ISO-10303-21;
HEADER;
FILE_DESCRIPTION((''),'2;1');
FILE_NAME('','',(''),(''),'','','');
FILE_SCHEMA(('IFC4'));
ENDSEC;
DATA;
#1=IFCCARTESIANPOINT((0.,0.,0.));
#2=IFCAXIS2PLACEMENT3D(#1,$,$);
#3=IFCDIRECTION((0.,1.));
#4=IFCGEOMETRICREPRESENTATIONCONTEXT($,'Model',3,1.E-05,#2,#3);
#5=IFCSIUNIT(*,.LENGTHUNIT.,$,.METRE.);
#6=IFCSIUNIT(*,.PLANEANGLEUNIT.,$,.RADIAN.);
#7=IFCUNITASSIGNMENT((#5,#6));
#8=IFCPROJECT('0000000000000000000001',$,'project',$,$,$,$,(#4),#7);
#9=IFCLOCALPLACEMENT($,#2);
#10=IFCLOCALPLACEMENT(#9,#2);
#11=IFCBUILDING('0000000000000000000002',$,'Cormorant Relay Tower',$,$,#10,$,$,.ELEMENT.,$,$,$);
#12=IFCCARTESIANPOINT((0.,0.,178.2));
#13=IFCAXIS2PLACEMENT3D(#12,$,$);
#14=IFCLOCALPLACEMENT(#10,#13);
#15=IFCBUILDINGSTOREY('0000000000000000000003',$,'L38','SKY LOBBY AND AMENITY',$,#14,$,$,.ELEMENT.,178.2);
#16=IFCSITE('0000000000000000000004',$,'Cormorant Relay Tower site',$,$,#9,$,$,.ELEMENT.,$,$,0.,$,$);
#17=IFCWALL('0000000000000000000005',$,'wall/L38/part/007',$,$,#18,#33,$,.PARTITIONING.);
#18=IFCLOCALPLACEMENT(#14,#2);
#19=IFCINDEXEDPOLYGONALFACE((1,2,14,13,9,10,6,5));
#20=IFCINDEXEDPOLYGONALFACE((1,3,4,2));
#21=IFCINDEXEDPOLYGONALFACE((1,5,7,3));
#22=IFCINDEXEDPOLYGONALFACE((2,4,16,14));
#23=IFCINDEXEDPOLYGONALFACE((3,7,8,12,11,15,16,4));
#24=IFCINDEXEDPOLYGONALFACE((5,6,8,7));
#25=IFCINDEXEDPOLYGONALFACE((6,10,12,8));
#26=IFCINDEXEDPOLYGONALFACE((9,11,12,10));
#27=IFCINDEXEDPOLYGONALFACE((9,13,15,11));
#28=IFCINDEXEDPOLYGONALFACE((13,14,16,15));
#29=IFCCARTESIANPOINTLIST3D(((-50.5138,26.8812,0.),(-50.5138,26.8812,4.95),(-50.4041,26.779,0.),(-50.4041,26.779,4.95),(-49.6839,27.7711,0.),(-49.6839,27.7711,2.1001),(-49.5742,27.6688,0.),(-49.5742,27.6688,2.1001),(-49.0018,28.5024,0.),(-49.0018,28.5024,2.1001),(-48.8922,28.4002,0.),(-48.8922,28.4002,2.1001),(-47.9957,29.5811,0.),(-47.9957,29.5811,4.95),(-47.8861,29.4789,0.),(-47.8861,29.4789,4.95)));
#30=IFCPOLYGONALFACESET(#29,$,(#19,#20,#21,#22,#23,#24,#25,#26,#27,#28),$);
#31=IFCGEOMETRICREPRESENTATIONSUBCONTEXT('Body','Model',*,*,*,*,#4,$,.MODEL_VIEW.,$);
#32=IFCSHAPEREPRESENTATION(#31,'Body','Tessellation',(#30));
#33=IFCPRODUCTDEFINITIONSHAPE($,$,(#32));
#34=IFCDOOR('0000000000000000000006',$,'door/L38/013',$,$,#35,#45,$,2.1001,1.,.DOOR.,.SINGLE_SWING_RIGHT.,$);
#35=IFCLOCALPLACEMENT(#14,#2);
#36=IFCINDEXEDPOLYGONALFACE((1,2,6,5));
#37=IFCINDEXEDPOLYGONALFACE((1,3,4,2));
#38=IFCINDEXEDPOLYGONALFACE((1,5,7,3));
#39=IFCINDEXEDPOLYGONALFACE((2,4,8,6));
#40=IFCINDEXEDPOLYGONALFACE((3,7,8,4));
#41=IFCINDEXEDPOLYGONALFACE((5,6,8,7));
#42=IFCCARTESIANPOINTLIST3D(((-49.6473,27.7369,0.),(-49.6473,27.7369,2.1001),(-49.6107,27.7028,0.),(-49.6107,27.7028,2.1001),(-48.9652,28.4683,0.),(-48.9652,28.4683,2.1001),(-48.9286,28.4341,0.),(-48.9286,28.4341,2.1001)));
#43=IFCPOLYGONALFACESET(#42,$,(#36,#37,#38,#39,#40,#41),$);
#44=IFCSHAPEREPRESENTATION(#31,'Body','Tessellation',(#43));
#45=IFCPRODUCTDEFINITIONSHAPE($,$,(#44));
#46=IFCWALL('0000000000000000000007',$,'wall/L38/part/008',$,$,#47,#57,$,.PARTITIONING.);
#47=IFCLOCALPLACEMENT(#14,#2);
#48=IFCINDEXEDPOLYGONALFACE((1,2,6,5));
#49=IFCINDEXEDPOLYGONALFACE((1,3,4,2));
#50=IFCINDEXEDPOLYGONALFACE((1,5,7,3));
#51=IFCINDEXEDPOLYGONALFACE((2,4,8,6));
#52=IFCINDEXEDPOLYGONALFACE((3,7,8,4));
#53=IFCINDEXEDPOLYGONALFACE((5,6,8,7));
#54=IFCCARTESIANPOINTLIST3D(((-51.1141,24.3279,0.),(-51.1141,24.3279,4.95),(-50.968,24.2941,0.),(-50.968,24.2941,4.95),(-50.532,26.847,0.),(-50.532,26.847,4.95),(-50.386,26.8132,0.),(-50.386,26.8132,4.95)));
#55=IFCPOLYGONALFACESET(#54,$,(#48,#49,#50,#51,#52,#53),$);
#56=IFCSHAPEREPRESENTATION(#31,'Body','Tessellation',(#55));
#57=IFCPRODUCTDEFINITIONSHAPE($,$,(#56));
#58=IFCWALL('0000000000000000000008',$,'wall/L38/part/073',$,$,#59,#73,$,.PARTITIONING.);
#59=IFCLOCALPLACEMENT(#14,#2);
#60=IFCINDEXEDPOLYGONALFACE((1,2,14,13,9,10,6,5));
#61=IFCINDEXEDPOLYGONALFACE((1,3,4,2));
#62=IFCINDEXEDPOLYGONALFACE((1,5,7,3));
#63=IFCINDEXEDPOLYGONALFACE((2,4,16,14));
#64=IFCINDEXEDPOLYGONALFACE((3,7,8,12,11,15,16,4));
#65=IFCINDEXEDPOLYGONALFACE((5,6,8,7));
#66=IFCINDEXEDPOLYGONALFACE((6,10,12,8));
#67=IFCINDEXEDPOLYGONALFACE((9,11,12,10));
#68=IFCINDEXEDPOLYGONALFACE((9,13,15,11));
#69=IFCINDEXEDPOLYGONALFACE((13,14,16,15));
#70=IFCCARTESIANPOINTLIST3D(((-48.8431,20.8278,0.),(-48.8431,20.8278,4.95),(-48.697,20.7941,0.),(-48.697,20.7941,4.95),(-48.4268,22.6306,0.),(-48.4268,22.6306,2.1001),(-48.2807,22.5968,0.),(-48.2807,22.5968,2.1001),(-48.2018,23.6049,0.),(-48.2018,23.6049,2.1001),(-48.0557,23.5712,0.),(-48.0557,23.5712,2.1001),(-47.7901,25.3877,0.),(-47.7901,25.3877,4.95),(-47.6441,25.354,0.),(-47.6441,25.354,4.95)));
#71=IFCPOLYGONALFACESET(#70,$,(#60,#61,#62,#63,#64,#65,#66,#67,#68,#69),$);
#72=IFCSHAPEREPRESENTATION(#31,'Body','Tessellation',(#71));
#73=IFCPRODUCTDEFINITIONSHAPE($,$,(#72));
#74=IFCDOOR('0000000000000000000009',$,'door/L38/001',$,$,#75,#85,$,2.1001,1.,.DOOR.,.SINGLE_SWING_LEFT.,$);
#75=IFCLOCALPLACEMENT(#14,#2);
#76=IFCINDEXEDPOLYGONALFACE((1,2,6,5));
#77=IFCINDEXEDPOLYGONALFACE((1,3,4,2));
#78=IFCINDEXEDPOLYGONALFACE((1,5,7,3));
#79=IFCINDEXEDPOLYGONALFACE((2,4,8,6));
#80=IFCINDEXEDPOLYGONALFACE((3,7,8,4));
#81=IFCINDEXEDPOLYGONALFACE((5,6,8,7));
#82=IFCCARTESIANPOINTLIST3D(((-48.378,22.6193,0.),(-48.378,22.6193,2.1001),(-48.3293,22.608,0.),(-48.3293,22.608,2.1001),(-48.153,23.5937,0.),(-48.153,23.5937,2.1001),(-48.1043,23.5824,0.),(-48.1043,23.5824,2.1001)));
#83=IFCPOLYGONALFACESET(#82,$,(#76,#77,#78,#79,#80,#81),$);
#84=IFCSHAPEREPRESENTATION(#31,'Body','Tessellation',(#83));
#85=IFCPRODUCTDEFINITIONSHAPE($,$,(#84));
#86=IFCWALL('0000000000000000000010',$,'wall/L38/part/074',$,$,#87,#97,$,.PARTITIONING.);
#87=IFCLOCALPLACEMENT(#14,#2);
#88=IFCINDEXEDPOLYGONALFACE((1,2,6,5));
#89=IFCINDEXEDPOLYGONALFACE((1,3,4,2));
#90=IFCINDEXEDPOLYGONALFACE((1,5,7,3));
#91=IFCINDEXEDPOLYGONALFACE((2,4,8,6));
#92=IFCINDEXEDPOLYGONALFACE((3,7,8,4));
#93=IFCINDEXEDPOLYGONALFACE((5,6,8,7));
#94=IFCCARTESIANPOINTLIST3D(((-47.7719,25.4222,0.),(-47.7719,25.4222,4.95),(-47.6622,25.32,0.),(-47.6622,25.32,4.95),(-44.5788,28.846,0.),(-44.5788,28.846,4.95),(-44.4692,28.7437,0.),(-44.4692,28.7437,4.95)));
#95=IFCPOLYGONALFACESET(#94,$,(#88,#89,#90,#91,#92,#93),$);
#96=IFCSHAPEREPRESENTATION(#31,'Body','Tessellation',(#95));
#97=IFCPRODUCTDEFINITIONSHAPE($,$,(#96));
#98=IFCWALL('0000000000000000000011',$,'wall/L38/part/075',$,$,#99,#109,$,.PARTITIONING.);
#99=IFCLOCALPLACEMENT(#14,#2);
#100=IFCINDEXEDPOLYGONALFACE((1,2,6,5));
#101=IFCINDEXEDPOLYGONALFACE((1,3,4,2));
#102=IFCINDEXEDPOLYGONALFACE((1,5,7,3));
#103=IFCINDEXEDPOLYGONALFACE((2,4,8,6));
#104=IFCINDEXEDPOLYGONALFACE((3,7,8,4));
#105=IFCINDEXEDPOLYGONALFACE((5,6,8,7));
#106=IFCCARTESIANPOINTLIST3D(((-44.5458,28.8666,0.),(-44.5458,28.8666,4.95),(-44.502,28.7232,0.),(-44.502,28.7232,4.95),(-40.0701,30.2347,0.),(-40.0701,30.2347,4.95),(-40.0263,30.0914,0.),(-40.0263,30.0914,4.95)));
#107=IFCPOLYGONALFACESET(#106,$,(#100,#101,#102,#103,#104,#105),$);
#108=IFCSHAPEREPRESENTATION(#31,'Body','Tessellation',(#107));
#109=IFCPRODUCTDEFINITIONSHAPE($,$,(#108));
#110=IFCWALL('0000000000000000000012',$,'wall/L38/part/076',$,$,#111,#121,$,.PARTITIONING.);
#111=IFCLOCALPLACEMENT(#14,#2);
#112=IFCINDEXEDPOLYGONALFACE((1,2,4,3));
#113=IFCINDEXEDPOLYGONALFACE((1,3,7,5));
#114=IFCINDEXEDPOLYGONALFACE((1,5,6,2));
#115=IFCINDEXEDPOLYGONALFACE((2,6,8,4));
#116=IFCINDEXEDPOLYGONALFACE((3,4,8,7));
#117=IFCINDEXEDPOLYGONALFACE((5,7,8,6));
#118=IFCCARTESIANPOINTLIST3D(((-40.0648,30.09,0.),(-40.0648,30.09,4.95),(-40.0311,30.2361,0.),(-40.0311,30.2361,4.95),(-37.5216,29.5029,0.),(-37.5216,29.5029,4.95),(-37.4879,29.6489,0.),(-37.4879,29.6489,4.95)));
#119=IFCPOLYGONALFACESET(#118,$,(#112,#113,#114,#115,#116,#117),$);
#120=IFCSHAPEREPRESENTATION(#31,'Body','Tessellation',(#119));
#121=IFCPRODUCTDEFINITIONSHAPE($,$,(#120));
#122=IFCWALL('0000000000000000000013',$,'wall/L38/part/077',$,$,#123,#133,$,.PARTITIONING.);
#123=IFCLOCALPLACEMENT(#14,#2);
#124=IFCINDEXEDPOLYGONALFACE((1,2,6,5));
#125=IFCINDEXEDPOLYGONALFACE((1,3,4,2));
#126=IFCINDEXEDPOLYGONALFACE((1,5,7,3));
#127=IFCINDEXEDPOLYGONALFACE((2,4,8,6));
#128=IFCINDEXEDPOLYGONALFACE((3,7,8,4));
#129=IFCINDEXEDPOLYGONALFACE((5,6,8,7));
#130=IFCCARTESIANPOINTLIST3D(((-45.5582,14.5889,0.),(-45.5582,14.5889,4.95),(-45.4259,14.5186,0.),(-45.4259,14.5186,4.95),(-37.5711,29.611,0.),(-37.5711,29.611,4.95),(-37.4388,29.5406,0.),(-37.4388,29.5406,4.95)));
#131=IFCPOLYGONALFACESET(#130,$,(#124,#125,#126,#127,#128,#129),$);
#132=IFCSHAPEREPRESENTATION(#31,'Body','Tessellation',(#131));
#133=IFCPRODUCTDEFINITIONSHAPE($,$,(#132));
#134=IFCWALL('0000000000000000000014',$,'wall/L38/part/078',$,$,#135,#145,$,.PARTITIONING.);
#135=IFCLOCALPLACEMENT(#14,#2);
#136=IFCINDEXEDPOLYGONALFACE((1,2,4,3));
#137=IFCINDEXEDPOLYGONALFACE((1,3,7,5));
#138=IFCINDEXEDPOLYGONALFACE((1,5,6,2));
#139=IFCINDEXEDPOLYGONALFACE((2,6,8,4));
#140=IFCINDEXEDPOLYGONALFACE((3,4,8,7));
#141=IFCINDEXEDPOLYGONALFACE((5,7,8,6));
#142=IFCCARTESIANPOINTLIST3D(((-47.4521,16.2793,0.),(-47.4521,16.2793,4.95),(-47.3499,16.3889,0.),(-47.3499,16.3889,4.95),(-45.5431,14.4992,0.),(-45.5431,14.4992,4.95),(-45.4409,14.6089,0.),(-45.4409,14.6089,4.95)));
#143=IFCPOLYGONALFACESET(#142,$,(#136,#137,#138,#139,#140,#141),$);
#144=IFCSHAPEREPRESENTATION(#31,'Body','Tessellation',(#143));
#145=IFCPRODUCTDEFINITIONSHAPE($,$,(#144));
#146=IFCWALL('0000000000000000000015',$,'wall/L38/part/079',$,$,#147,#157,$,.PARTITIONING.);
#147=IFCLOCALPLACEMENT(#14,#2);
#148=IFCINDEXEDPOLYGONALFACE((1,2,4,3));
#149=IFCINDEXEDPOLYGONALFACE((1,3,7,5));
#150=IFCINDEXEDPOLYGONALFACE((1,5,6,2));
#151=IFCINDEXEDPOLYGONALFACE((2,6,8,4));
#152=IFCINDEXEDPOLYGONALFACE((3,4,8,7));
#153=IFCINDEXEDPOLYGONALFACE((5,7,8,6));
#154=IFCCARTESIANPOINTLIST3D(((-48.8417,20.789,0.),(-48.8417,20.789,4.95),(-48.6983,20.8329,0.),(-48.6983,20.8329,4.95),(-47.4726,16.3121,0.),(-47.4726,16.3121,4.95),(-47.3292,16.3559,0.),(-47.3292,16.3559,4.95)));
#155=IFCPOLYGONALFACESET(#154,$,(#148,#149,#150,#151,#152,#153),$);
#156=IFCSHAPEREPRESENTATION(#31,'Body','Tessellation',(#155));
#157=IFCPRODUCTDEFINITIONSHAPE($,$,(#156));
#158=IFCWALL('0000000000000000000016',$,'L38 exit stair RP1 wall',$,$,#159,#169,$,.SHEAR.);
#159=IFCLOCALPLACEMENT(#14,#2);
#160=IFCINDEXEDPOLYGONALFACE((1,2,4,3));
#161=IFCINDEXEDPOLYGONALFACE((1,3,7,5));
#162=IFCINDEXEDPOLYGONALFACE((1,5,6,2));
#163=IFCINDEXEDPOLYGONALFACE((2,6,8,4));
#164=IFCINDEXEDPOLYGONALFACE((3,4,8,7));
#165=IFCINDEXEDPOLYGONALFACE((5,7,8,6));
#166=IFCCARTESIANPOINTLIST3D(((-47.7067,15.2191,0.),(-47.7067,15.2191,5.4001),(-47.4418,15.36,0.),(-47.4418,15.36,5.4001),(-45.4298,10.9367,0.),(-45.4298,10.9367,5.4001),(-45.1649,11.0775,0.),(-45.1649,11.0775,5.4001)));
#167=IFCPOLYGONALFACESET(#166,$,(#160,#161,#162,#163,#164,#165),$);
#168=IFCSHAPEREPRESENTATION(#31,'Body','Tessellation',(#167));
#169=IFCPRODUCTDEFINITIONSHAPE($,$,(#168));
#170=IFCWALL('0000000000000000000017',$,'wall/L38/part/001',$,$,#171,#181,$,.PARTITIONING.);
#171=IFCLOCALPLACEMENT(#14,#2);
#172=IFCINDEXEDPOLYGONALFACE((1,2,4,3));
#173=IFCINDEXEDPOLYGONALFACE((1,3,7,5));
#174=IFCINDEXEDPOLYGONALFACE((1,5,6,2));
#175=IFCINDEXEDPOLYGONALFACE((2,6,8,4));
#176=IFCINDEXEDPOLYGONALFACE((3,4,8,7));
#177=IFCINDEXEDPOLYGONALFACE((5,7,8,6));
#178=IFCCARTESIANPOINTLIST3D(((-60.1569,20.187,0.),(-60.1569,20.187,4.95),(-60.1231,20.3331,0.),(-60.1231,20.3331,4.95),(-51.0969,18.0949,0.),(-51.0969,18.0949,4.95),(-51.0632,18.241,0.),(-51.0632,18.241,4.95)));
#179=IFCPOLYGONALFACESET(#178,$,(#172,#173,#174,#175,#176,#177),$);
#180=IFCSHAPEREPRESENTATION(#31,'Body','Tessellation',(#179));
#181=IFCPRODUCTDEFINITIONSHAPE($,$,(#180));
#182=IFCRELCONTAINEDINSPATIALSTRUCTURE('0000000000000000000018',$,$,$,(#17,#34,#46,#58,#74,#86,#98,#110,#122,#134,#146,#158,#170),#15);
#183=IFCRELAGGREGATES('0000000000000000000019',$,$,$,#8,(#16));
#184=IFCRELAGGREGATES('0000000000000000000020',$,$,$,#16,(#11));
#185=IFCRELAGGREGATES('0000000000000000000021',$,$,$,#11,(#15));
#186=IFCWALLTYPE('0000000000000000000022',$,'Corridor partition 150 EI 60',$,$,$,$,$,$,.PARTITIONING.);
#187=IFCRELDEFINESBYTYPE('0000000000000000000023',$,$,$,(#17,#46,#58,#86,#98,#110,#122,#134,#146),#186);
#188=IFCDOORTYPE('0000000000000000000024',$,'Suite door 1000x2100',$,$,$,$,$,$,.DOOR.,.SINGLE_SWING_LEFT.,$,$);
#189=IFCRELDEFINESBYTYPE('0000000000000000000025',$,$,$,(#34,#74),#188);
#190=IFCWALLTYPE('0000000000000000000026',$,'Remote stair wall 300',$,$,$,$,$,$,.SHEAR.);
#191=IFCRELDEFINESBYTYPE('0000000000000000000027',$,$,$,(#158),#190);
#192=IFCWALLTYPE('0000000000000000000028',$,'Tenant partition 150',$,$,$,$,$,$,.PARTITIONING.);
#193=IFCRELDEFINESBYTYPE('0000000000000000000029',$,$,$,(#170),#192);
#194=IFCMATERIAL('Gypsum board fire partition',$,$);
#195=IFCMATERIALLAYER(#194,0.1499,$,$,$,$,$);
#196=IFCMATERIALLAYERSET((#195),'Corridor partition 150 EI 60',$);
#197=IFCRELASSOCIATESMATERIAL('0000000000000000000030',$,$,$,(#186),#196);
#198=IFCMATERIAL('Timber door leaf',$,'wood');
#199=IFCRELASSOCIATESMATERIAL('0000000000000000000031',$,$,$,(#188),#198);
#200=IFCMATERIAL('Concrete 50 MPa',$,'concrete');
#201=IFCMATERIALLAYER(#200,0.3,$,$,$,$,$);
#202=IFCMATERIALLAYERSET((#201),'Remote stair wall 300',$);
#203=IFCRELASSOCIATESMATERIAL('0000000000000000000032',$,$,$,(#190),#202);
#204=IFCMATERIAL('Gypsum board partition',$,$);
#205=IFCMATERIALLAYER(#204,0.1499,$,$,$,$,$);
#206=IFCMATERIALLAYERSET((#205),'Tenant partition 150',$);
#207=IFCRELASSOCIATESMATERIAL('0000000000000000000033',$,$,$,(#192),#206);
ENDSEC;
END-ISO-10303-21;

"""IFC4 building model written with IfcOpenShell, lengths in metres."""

from ifc_helpers import new_model, si_unit, direction, frame, frame_2d, origin, place, context, subcontext, project, spatial, rectangle, extrude, material, layer, layer_set, type_object, element, fill, save


model = new_model("IFC4")

# Units and contexts
model_context = context("Model", 3, precision=1e-05, world=origin(), true_north=direction((0.0, 1.0)))
body_context = subcontext(model_context, "Body", "Model", "MODEL_VIEW")
ifc_project = project(units=[si_unit("LENGTHUNIT", "METRE"), si_unit("PLANEANGLEUNIT", "RADIAN")], contexts=[model_context])

# Site, building, storey
site_placement = place(None, origin())
site = spatial("IfcSite", under=ifc_project, at=site_placement, Name="Cormorant Relay Tower site", CompositionType="ELEMENT", RefElevation=0.0)
building_placement = place(site_placement, origin())
building = spatial("IfcBuilding", under=site, at=building_placement, Name="Cormorant Relay Tower", CompositionType="ELEMENT")
storey_placement = place(building_placement, frame((0.0, 0.0, 178.2)))
storey = spatial("IfcBuildingStorey", under=building, at=storey_placement, Name="L38", Description="SKY LOBBY AND AMENITY", CompositionType="ELEMENT", Elevation=178.2)

# Shared definitions
ifc_material_1 = material(Name="Gypsum board fire partition")
ifc_layer_1 = layer(ifc_material_1, 0.1499)
ifc_layer_set_1 = layer_set([ifc_layer_1], Name="Corridor partition 150 EI 60")
wall_type_1 = type_object("IfcWallType", Name="Corridor partition 150 EI 60", PredefinedType="PARTITIONING", material=ifc_layer_set_1)
ifc_material_2 = material(Name="Timber door leaf", Category="wood")
door_type = type_object("IfcDoorType", Name="Suite door 1000x2100", OperationType="SINGLE_SWING_LEFT", PredefinedType="DOOR", material=ifc_material_2)

# Wall, opening, door
wall_1_placement = place(storey_placement, frame((-47.9409, 29.53, 0.0), z_axis=(0.0, 0.0, 1.0), x_axis=(-0.682045, -0.73131, 0.0)))
wall_1 = element("IfcWall", 1, at=wall_1_placement, inside=storey, type_object=wall_type_1, Name="wall/L38/part/007", PredefinedType="PARTITIONING", context=body_context, shape_type="SweptSolid", body=[
    extrude(rectangle(XDim=3.6919, YDim=0.1499, at=frame_2d((1.8459, 0.0))), origin(), (0.0, 0.0, 1.0), 4.95),
])
opening_1_placement = place(wall_1_placement, frame((1.4751, 0.0, 0.0)))
opening_1 = element("IfcOpeningElement", 2, at=opening_1_placement, cuts=wall_1, PredefinedType="OPENING", context=body_context, shape_type="SweptSolid", body=[
    extrude(rectangle(XDim=1.0, YDim=2.1001, at=frame_2d((0.5, 1.05))), frame((0.0, 0.085, 0.0), z_axis=(0.0, -1.0, 0.0), x_axis=(1.0, 0.0, 0.0)), (0.0, 0.0, 1.0), 0.1699),
])
door_1_placement = place(opening_1_placement, frame((1.0, 0.0, 0.0), z_axis=(0.0, 0.0, 1.0), x_axis=(-1.0, 0.0, 0.0)))
door_1 = element("IfcDoor", 3, at=door_1_placement, inside=storey, type_object=door_type, Name="door/L38/013", OperationType="SINGLE_SWING_RIGHT", OverallHeight=2.1001, OverallWidth=1.0, PredefinedType="DOOR", context=body_context, shape_type="SweptSolid", body=[
    extrude(rectangle(XDim=1.0, YDim=2.1001, at=frame_2d((0.5, 1.05))), frame((0.0, 0.0249, 0.0), z_axis=(0.0, -1.0, 0.0), x_axis=(1.0, 0.0, 0.0)), (0.0, 0.0, 1.0), 0.05),
])
fill(opening_1, door_1)

# Wall
wall_2_placement = place(storey_placement, frame((-50.459, 26.8301, 0.0), z_axis=(0.0, 0.0, 1.0), x_axis=(-0.225122, -0.974331, 0.0)))
element("IfcWall", 4, at=wall_2_placement, inside=storey, type_object=wall_type_1, Name="wall/L38/part/008", PredefinedType="PARTITIONING", context=body_context, shape_type="SweptSolid", body=[
    extrude(rectangle(XDim=2.5854, YDim=0.1499, at=frame_2d((1.2927, 0.0))), origin(), (0.0, 0.0, 1.0), 4.95),
])

# Wall, opening, door
wall_3_placement = place(storey_placement, frame((-48.77, 20.811, 0.0), z_axis=(0.0, 0.0, 1.0), x_axis=(0.224993, 0.97436, 0.0)))
wall_3 = element("IfcWall", 5, at=wall_3_placement, inside=storey, type_object=wall_type_1, Name="wall/L38/part/073", PredefinedType="PARTITIONING", context=body_context, shape_type="SweptSolid", body=[
    extrude(rectangle(XDim=4.6799, YDim=0.1499, at=frame_2d((2.3398, 0.0))), origin(), (0.0, 0.0, 1.0), 4.95),
])
opening_2_placement = place(wall_3_placement, frame((1.8501, 0.0, 0.0)))
opening_2 = element("IfcOpeningElement", 6, at=opening_2_placement, cuts=wall_3, PredefinedType="OPENING", context=body_context, shape_type="SweptSolid", body=[
    extrude(rectangle(XDim=1.0, YDim=2.1001, at=frame_2d((0.5, 1.05))), frame((0.0, 0.085, 0.0), z_axis=(0.0, -1.0, 0.0), x_axis=(1.0, 0.0, 0.0)), (0.0, 0.0, 1.0), 0.1699),
])
door_2_placement = place(opening_2_placement, origin())
door_2 = element("IfcDoor", 7, at=door_2_placement, inside=storey, type_object=door_type, Name="door/L38/001", OperationType="SINGLE_SWING_LEFT", OverallHeight=2.1001, OverallWidth=1.0, PredefinedType="DOOR", context=body_context, shape_type="SweptSolid", body=[
    extrude(rectangle(XDim=1.0, YDim=2.1001, at=frame_2d((0.5, 1.05))), frame((0.0, 0.0249, 0.0), z_axis=(0.0, -1.0, 0.0), x_axis=(1.0, 0.0, 0.0)), (0.0, 0.0, 1.0), 0.05),
])
fill(opening_2, door_2)

# Walls
wall_4_placement = place(storey_placement, frame((-47.717, 25.3711, 0.0), z_axis=(0.0, 0.0, 1.0), x_axis=(0.682038, 0.731317, 0.0)))
element("IfcWall", 8, at=wall_4_placement, inside=storey, type_object=wall_type_1, Name="wall/L38/part/074", PredefinedType="PARTITIONING", context=body_context, shape_type="SweptSolid", body=[
    extrude(rectangle(XDim=4.6816, YDim=0.1499, at=frame_2d((2.3408, 0.0))), origin(), (0.0, 0.0, 1.0), 4.95),
])
wall_5_placement = place(storey_placement, frame((-44.5239, 28.7949, 0.0), z_axis=(0.0, 0.0, 1.0), x_axis=(0.956319, 0.292326, 0.0)))
element("IfcWall", 9, at=wall_5_placement, inside=storey, type_object=wall_type_1, Name="wall/L38/part/075", PredefinedType="PARTITIONING", context=body_context, shape_type="SweptSolid", body=[
    extrude(rectangle(XDim=4.6802, YDim=0.1499, at=frame_2d((2.3401, 0.0))), origin(), (0.0, 0.0, 1.0), 4.95),
])
wall_6_placement = place(storey_placement, frame((-40.0481, 30.1631, 0.0), z_axis=(0.0, 0.0, 1.0), x_axis=(0.974369, -0.224955, 0.0)))
element("IfcWall", 10, at=wall_6_placement, inside=storey, type_object=wall_type_1, Name="wall/L38/part/076", PredefinedType="PARTITIONING", context=body_context, shape_type="SweptSolid", body=[
    extrude(rectangle(XDim=2.6101, YDim=0.1499, at=frame_2d((1.3052, 0.0))), origin(), (0.0, 0.0, 1.0), 4.95),
])
wall_7_placement = place(storey_placement, frame((-37.5049, 29.5759, 0.0), z_axis=(0.0, 0.0, 1.0), x_axis=(-0.469459, -0.882954, 0.0)))
element("IfcWall", 11, at=wall_7_placement, inside=storey, type_object=wall_type_1, Name="wall/L38/part/077", PredefinedType="PARTITIONING", context=body_context, shape_type="SweptSolid", body=[
    extrude(rectangle(XDim=17.0134, YDim=0.1499, at=frame_2d((8.5068, 0.0))), origin(), (0.0, 0.0, 1.0), 4.95),
])
wall_8_placement = place(storey_placement, frame((-45.4919, 14.554, 0.0), z_axis=(0.0, 0.0, 1.0), x_axis=(-0.731369, 0.681982, 0.0)))
element("IfcWall", 12, at=wall_8_placement, inside=storey, type_object=wall_type_1, Name="wall/L38/part/078", PredefinedType="PARTITIONING", context=body_context, shape_type="SweptSolid", body=[
    extrude(rectangle(XDim=2.6101, YDim=0.1499, at=frame_2d((1.3052, 0.0))), origin(), (0.0, 0.0, 1.0), 4.95),
])
wall_9_placement = place(storey_placement, frame((-47.4009, 16.334, 0.0), z_axis=(0.0, 0.0, 1.0), x_axis=(-0.292444, 0.956283, 0.0)))
element("IfcWall", 13, at=wall_9_placement, inside=storey, type_object=wall_type_1, Name="wall/L38/part/079", PredefinedType="PARTITIONING", context=body_context, shape_type="SweptSolid", body=[
    extrude(rectangle(XDim=4.6816, YDim=0.1499, at=frame_2d((2.3408, 0.0))), origin(), (0.0, 0.0, 1.0), 4.95),
])
ifc_material_3 = material(Name="Concrete 50 MPa", Category="concrete")
ifc_layer_2 = layer(ifc_material_3, 0.3)
ifc_layer_set_2 = layer_set([ifc_layer_2], Name="Remote stair wall 300")
wall_type_2 = type_object("IfcWallType", Name="Remote stair wall 300", PredefinedType="SHEAR", material=ifc_layer_set_2)
wall_10_placement = place(storey_placement, frame((-47.5742, 15.2896, 0.0), z_axis=(0.0, 0.0, 1.0), x_axis=(0.469443, -0.882963, 0.0)))
element("IfcWall", 14, at=wall_10_placement, inside=storey, type_object=wall_type_2, Name="L38 exit stair RP1 wall", PredefinedType="SHEAR", context=body_context, shape_type="SweptSolid", body=[
    extrude(rectangle(XDim=4.8501, YDim=0.3, at=frame_2d((2.425, 0.0))), origin(), (0.0, 0.0, 1.0), 5.4001),
])
ifc_material_4 = material(Name="Gypsum board partition")
ifc_layer_3 = layer(ifc_material_4, 0.1499)
ifc_layer_set_3 = layer_set([ifc_layer_3], Name="Tenant partition 150")
wall_type_3 = type_object("IfcWallType", Name="Tenant partition 150", PredefinedType="PARTITIONING", material=ifc_layer_set_3)
wall_11_placement = place(storey_placement, frame((-51.0801, 18.168, 0.0), z_axis=(0.0, 0.0, 1.0), x_axis=(-0.97436, 0.224994, 0.0)))
element("IfcWall", 15, at=wall_11_placement, inside=storey, type_object=wall_type_3, Name="wall/L38/part/001", PredefinedType="PARTITIONING", context=body_context, shape_type="SweptSolid", body=[
    extrude(rectangle(XDim=9.2983, YDim=0.1499, at=frame_2d((4.6492, 0.0))), origin(), (0.0, 0.0, 1.0), 4.95),
])

save(model, "model.ifc")
